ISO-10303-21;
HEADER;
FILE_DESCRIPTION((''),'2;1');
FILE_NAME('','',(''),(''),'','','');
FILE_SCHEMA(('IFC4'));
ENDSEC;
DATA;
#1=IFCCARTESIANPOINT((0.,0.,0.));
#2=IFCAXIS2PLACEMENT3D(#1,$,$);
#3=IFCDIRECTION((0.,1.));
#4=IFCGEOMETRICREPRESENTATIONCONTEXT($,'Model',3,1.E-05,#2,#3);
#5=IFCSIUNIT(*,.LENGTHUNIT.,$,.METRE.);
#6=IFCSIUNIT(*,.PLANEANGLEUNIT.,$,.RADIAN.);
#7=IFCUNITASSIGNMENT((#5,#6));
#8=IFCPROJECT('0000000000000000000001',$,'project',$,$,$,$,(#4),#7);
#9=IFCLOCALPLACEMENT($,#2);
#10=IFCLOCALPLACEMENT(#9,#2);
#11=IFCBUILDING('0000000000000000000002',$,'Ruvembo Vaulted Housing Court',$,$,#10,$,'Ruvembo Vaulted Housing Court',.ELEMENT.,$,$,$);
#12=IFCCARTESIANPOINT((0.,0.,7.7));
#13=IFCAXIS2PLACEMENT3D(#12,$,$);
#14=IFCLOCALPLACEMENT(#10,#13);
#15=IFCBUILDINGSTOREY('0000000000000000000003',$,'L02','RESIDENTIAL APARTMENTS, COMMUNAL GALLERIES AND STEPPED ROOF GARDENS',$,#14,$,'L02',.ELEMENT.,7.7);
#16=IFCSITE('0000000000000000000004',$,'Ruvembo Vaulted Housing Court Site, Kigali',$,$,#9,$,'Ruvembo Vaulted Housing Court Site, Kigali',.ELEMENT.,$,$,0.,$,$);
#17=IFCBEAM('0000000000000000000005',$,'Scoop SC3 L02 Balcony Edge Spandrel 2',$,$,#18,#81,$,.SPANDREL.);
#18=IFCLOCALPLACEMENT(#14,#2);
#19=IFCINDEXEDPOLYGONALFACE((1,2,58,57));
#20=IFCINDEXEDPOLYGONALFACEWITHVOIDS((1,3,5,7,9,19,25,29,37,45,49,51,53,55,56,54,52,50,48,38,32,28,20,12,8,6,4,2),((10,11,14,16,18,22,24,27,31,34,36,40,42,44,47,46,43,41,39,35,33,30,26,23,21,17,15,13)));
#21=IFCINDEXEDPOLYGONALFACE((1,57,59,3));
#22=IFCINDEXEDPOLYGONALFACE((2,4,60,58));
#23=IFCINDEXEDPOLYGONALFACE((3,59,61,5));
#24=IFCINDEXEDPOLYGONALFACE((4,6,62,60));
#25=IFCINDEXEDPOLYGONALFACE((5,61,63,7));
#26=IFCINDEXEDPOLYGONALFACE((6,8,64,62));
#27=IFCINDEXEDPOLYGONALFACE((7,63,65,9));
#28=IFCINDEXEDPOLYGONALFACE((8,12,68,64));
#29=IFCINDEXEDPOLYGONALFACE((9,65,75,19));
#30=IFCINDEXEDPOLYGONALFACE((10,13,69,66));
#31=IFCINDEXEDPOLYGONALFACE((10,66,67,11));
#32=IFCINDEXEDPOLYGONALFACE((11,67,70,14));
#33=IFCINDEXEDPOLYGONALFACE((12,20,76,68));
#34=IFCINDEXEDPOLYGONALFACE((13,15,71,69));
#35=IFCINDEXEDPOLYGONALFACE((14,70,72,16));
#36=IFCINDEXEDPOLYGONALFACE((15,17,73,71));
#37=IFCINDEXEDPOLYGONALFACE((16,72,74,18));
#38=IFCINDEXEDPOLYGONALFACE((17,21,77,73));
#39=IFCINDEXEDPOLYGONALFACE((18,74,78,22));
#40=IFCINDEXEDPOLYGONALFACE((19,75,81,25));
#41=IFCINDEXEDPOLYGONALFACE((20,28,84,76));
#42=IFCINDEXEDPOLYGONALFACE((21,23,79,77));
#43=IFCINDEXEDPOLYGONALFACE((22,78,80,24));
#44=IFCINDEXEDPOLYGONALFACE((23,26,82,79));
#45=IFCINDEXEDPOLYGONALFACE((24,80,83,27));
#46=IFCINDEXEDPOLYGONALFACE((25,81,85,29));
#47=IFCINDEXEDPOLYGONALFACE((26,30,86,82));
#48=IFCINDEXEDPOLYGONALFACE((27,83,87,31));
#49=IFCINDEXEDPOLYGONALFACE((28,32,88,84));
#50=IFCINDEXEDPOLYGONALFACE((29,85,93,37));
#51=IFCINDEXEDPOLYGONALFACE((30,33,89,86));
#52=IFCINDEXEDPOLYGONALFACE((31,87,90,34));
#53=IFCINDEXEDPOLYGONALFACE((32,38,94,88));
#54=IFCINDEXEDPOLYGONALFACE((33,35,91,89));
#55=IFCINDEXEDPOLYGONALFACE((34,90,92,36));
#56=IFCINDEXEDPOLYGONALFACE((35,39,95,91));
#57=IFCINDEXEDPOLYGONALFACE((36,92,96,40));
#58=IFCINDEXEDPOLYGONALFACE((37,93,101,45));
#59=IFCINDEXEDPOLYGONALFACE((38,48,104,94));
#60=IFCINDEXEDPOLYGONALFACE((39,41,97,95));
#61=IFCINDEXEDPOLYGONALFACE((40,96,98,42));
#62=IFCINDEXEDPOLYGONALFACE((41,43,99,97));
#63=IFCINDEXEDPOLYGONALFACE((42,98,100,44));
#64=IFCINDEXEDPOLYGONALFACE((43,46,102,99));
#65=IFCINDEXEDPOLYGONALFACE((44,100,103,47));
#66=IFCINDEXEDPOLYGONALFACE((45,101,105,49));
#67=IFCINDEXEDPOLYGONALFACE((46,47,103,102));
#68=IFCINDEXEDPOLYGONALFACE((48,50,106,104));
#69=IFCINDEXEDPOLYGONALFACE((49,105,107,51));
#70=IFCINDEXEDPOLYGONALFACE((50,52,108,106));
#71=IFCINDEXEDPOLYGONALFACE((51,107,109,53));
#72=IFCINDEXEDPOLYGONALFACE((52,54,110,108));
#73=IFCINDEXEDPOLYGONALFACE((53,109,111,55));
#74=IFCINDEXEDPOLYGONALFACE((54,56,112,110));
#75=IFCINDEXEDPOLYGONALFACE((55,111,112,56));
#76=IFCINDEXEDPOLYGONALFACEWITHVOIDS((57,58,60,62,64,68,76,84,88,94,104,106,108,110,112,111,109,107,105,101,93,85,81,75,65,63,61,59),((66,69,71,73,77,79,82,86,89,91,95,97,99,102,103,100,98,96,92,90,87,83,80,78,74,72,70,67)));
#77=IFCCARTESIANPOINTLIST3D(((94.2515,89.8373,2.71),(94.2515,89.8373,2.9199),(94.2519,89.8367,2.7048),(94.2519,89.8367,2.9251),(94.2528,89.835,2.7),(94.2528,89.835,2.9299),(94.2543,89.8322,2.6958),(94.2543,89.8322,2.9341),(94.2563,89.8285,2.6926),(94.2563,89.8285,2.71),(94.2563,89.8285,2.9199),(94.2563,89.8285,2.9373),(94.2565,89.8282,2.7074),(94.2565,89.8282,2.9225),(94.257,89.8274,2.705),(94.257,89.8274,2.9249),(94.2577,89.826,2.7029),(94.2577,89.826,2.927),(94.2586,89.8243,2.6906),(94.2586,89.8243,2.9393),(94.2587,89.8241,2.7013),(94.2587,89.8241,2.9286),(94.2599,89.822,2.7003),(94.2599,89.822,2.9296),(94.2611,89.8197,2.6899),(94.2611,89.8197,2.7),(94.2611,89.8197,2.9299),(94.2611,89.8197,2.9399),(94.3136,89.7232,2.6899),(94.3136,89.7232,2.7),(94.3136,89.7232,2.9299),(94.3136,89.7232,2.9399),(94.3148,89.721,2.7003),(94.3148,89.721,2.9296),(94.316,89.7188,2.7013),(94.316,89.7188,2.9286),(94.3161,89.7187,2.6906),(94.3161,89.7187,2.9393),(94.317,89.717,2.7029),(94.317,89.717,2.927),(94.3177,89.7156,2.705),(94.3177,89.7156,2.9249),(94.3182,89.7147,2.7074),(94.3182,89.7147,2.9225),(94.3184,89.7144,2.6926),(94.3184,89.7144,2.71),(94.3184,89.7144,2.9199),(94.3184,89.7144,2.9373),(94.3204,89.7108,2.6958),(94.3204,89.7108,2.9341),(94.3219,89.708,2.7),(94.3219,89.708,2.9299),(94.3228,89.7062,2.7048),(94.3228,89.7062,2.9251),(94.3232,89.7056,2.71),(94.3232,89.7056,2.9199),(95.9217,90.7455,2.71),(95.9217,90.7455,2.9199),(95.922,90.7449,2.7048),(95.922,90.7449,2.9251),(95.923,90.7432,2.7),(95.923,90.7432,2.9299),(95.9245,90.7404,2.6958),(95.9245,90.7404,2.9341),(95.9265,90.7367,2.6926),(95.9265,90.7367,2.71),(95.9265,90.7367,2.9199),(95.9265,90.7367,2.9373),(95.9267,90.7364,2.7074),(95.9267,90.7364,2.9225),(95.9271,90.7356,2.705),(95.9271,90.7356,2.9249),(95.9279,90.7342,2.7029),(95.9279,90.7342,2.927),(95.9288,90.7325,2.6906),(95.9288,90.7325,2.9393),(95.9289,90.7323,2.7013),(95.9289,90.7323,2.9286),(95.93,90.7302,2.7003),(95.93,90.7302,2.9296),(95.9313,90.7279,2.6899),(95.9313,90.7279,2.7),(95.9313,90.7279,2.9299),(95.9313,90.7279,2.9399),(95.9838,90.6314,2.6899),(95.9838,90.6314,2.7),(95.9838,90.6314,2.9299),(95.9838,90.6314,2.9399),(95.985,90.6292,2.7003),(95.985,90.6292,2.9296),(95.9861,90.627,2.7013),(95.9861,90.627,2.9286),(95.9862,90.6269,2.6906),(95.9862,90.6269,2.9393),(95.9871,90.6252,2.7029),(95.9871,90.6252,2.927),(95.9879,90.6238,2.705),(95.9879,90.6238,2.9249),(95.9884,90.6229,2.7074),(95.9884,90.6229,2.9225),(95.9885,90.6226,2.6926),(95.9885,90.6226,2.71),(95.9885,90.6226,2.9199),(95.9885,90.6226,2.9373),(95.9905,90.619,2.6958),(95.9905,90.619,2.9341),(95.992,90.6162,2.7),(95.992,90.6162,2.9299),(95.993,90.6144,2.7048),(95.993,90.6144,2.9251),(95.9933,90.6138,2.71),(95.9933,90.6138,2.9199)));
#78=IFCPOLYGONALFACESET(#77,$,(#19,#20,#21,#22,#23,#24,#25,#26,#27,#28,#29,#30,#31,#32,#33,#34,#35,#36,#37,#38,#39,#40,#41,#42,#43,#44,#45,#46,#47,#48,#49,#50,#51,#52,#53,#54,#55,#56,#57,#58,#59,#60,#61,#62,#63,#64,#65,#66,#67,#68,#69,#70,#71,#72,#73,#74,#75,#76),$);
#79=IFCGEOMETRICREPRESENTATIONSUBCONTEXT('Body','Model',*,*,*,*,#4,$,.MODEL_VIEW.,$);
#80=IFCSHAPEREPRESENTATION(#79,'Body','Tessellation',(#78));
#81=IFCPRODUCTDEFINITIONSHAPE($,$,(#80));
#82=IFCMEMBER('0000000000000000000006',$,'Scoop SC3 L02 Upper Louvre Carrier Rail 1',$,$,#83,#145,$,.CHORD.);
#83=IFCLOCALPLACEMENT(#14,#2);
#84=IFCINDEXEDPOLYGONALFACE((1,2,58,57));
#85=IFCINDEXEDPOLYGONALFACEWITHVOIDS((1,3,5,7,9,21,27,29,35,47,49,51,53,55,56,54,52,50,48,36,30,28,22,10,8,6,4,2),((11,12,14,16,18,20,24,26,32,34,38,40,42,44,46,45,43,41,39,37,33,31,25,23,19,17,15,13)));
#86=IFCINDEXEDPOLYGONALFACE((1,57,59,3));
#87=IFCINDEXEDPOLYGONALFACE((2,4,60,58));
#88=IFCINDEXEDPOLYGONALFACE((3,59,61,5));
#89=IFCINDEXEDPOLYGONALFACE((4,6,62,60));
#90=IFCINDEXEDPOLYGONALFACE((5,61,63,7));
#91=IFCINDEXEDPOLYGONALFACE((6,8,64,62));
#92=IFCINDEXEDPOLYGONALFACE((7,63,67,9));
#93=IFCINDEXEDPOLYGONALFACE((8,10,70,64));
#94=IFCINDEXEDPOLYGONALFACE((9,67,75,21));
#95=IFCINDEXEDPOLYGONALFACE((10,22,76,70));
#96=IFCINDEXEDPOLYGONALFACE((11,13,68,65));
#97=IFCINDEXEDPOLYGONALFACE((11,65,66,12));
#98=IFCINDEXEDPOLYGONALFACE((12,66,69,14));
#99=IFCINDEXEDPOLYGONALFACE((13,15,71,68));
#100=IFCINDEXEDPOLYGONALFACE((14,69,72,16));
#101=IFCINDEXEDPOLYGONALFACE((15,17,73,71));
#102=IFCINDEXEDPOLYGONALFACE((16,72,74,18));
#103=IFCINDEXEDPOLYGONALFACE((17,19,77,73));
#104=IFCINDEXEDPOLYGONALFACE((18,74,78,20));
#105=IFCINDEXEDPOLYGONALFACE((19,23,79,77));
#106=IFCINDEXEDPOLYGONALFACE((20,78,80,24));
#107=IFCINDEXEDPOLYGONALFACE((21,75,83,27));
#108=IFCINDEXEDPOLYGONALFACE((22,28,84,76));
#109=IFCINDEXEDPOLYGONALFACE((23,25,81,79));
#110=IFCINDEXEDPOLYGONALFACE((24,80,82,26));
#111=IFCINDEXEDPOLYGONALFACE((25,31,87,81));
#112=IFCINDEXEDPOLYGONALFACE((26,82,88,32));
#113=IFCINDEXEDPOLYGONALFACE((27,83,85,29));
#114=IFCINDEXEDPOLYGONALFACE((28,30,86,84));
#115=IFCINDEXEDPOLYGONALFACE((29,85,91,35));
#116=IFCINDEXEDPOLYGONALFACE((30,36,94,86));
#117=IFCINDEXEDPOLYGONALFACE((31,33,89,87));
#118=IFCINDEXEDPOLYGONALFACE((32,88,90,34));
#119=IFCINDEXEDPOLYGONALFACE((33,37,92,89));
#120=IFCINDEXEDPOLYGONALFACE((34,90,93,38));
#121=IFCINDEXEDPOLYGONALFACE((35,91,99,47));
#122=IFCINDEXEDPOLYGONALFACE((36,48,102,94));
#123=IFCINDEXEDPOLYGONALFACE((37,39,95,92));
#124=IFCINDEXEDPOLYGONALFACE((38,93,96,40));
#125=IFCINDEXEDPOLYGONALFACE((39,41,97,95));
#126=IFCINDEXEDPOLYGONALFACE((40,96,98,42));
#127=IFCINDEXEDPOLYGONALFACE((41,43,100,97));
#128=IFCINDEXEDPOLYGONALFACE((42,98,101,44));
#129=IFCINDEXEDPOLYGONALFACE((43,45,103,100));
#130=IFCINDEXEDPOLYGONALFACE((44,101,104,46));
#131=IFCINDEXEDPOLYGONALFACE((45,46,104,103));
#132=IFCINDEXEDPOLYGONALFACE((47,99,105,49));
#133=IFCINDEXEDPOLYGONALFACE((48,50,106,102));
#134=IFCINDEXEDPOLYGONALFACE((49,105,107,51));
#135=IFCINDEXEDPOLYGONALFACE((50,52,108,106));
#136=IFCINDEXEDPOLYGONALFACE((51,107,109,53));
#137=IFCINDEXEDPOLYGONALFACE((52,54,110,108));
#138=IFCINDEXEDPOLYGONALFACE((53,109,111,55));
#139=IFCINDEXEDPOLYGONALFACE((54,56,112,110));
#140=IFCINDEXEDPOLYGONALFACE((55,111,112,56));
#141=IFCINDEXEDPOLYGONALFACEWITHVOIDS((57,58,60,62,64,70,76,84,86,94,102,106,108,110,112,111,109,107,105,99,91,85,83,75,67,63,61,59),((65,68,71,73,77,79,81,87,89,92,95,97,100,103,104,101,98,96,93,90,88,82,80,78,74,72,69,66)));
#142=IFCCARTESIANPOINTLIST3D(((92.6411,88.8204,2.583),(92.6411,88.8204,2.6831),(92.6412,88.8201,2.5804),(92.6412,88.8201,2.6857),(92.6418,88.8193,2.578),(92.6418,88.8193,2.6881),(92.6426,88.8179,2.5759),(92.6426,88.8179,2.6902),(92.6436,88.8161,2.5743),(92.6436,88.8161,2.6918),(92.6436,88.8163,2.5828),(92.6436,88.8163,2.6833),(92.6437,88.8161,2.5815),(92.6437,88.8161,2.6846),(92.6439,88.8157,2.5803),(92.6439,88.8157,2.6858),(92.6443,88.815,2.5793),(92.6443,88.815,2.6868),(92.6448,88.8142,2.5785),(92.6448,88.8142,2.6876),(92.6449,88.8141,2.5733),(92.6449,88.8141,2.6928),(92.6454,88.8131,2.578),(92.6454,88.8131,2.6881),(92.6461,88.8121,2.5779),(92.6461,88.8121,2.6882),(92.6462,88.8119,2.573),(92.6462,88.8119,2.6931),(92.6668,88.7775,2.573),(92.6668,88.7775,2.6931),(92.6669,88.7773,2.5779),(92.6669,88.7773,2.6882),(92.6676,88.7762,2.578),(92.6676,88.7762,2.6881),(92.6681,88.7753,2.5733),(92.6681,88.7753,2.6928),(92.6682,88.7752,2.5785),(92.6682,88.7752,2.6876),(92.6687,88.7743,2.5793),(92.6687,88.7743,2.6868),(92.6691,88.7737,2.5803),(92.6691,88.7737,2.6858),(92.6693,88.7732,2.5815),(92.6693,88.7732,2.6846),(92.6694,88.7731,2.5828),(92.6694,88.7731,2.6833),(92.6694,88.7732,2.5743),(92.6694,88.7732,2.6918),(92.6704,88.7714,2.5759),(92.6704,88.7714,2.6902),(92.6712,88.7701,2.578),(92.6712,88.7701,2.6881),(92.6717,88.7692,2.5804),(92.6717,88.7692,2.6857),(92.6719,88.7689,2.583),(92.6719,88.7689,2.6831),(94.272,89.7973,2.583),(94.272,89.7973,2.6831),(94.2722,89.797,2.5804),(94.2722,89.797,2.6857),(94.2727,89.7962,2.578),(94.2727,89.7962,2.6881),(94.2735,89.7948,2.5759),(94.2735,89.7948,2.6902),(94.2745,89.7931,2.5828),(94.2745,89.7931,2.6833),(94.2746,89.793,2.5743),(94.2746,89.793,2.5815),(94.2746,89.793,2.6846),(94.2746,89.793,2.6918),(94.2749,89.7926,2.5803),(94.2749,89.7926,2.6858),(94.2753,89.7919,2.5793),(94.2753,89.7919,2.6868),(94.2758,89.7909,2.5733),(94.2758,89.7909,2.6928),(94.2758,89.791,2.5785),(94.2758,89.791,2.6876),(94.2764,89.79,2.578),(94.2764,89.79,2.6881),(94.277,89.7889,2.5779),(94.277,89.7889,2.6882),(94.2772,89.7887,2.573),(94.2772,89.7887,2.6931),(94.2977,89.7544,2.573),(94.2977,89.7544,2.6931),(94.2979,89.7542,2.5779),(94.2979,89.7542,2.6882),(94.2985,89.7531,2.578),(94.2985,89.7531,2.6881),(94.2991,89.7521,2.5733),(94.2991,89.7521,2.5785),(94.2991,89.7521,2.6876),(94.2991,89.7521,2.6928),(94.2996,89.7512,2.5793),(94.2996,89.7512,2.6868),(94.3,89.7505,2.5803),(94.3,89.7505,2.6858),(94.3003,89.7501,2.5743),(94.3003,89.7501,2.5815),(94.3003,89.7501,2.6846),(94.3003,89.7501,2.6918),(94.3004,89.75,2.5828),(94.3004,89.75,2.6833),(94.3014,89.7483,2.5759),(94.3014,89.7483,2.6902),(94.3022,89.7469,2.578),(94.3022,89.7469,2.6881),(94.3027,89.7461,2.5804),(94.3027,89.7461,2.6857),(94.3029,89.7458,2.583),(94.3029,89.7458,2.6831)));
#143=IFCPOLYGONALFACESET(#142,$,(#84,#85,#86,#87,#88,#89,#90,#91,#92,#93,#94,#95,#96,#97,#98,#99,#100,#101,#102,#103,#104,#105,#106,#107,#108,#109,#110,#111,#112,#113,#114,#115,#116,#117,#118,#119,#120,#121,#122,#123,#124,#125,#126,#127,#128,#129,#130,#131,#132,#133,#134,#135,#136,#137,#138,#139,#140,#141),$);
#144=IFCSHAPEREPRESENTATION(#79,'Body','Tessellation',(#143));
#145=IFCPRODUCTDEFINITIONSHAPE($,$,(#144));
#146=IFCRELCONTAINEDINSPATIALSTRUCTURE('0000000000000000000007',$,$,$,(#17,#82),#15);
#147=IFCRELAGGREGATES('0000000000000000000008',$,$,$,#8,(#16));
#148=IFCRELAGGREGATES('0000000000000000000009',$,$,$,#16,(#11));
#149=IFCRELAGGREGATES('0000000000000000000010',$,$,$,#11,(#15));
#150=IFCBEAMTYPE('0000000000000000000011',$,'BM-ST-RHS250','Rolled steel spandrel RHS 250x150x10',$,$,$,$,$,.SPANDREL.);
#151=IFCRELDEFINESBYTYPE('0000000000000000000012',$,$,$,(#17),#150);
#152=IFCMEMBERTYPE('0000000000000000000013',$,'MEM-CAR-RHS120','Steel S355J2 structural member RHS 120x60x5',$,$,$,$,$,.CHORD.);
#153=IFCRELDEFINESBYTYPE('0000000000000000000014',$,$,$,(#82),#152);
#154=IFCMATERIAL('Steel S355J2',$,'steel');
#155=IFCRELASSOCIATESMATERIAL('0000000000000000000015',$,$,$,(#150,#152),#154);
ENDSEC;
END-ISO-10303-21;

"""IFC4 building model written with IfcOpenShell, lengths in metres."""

from ifc_helpers import new_model, si_unit, direction, frame, origin, origin_2d, place, context, subcontext, project, spatial, hollow_rectangle, extrude, material, material_profile, profile_set, type_object, element, save


model = new_model("IFC4")

# Units and contexts
model_context = context("Model", 3, precision=1e-05, world=origin(), true_north=direction((0.0, 1.0)))
body_context = subcontext(model_context, "Body", "Model", "MODEL_VIEW")
ifc_project = project(units=[si_unit("LENGTHUNIT", "METRE"), si_unit("PLANEANGLEUNIT", "RADIAN")], contexts=[model_context])

# Site, building, storey
site_placement = place(None, origin())
site = spatial("IfcSite", under=ifc_project, at=site_placement, Name="Ruvembo Vaulted Housing Court Site, Kigali", LongName="Ruvembo Vaulted Housing Court Site, Kigali", CompositionType="ELEMENT", RefElevation=0.0)
building_placement = place(site_placement, origin())
building = spatial("IfcBuilding", under=site, at=building_placement, Name="Ruvembo Vaulted Housing Court", LongName="Ruvembo Vaulted Housing Court", CompositionType="ELEMENT")
storey_placement = place(building_placement, frame((0.0, 0.0, 7.7)))
storey = spatial("IfcBuildingStorey", under=building, at=storey_placement, Name="L02", Description="RESIDENTIAL APARTMENTS, COMMUNAL GALLERIES AND STEPPED ROOF GARDENS", LongName="L02", CompositionType="ELEMENT", Elevation=7.7)

# Beam
ifc_material_1 = material(Name="Steel S355J2", Category="steel")
ifc_material_profile_1 = material_profile(ifc_material_1, hollow_rectangle(XDim=0.1499, YDim=0.25, WallThickness=0.01, InnerFilletRadius=0.01, OuterFilletRadius=0.02, at=origin_2d()), Name="RHS 250x150x10")
ifc_profile_set_1 = profile_set([ifc_material_profile_1], Name="Steel S355J2")
beam_type_1 = type_object("IfcBeamType", Name="BM-ST-RHS250", Description="Rolled steel spandrel RHS 250x150x10", PredefinedType="SPANDREL", material=ifc_profile_set_1)
for number, where, z_axis, x_axis, name in (
    (1, (94.2874, 89.7715, 2.8149), (0.878513, 0.477718, 0.0), (-0.477718, 0.878513, 0.0), "Scoop SC3 L02 Balcony Edge Spandrel 2"),
):
    element("IfcBeam", number, at=place(storey_placement, frame(where, z_axis=z_axis, x_axis=x_axis)), inside=storey, type_object=beam_type_1, Name=name, PredefinedType="SPANDREL", context=body_context, shape_type="SweptSolid", body=[
        extrude(hollow_rectangle(XDim=0.1499, YDim=0.25, WallThickness=0.01, InnerFilletRadius=0.01, OuterFilletRadius=0.02, at=origin_2d()), origin(), (0.0, 0.0, 1.0), 1.9011),
    ])

# Member
ifc_material_profile_2 = material_profile(ifc_material_1, hollow_rectangle(XDim=0.0601, YDim=0.1201, WallThickness=0.0049, InnerFilletRadius=0.0049, OuterFilletRadius=0.01, at=origin_2d()), Name="RHS 120x60x5")
ifc_profile_set_2 = profile_set([ifc_material_profile_2], Name="Steel S355J2")
member_type_1 = type_object("IfcMemberType", Name="MEM-CAR-RHS120", Description="Steel S355J2 structural member RHS 120x60x5", PredefinedType="CHORD", material=ifc_profile_set_2)
for number, where, z_axis, x_axis, name in (
    (2, (92.6565, 88.7947, 2.6331), (0.857889, 0.513835, 0.0), (-0.513835, 0.857889, 0.0), "Scoop SC3 L02 Upper Louvre Carrier Rail 1"),
):
    element("IfcMember", number, at=place(storey_placement, frame(where, z_axis=z_axis, x_axis=x_axis)), inside=storey, type_object=member_type_1, Name=name, PredefinedType="CHORD", context=body_context, shape_type="SweptSolid", body=[
        extrude(hollow_rectangle(XDim=0.0601, YDim=0.1201, WallThickness=0.0049, InnerFilletRadius=0.0049, OuterFilletRadius=0.01, at=origin_2d()), origin(), (0.0, 0.0, 1.0), 1.9011),
    ])

save(model, "model.ifc")
